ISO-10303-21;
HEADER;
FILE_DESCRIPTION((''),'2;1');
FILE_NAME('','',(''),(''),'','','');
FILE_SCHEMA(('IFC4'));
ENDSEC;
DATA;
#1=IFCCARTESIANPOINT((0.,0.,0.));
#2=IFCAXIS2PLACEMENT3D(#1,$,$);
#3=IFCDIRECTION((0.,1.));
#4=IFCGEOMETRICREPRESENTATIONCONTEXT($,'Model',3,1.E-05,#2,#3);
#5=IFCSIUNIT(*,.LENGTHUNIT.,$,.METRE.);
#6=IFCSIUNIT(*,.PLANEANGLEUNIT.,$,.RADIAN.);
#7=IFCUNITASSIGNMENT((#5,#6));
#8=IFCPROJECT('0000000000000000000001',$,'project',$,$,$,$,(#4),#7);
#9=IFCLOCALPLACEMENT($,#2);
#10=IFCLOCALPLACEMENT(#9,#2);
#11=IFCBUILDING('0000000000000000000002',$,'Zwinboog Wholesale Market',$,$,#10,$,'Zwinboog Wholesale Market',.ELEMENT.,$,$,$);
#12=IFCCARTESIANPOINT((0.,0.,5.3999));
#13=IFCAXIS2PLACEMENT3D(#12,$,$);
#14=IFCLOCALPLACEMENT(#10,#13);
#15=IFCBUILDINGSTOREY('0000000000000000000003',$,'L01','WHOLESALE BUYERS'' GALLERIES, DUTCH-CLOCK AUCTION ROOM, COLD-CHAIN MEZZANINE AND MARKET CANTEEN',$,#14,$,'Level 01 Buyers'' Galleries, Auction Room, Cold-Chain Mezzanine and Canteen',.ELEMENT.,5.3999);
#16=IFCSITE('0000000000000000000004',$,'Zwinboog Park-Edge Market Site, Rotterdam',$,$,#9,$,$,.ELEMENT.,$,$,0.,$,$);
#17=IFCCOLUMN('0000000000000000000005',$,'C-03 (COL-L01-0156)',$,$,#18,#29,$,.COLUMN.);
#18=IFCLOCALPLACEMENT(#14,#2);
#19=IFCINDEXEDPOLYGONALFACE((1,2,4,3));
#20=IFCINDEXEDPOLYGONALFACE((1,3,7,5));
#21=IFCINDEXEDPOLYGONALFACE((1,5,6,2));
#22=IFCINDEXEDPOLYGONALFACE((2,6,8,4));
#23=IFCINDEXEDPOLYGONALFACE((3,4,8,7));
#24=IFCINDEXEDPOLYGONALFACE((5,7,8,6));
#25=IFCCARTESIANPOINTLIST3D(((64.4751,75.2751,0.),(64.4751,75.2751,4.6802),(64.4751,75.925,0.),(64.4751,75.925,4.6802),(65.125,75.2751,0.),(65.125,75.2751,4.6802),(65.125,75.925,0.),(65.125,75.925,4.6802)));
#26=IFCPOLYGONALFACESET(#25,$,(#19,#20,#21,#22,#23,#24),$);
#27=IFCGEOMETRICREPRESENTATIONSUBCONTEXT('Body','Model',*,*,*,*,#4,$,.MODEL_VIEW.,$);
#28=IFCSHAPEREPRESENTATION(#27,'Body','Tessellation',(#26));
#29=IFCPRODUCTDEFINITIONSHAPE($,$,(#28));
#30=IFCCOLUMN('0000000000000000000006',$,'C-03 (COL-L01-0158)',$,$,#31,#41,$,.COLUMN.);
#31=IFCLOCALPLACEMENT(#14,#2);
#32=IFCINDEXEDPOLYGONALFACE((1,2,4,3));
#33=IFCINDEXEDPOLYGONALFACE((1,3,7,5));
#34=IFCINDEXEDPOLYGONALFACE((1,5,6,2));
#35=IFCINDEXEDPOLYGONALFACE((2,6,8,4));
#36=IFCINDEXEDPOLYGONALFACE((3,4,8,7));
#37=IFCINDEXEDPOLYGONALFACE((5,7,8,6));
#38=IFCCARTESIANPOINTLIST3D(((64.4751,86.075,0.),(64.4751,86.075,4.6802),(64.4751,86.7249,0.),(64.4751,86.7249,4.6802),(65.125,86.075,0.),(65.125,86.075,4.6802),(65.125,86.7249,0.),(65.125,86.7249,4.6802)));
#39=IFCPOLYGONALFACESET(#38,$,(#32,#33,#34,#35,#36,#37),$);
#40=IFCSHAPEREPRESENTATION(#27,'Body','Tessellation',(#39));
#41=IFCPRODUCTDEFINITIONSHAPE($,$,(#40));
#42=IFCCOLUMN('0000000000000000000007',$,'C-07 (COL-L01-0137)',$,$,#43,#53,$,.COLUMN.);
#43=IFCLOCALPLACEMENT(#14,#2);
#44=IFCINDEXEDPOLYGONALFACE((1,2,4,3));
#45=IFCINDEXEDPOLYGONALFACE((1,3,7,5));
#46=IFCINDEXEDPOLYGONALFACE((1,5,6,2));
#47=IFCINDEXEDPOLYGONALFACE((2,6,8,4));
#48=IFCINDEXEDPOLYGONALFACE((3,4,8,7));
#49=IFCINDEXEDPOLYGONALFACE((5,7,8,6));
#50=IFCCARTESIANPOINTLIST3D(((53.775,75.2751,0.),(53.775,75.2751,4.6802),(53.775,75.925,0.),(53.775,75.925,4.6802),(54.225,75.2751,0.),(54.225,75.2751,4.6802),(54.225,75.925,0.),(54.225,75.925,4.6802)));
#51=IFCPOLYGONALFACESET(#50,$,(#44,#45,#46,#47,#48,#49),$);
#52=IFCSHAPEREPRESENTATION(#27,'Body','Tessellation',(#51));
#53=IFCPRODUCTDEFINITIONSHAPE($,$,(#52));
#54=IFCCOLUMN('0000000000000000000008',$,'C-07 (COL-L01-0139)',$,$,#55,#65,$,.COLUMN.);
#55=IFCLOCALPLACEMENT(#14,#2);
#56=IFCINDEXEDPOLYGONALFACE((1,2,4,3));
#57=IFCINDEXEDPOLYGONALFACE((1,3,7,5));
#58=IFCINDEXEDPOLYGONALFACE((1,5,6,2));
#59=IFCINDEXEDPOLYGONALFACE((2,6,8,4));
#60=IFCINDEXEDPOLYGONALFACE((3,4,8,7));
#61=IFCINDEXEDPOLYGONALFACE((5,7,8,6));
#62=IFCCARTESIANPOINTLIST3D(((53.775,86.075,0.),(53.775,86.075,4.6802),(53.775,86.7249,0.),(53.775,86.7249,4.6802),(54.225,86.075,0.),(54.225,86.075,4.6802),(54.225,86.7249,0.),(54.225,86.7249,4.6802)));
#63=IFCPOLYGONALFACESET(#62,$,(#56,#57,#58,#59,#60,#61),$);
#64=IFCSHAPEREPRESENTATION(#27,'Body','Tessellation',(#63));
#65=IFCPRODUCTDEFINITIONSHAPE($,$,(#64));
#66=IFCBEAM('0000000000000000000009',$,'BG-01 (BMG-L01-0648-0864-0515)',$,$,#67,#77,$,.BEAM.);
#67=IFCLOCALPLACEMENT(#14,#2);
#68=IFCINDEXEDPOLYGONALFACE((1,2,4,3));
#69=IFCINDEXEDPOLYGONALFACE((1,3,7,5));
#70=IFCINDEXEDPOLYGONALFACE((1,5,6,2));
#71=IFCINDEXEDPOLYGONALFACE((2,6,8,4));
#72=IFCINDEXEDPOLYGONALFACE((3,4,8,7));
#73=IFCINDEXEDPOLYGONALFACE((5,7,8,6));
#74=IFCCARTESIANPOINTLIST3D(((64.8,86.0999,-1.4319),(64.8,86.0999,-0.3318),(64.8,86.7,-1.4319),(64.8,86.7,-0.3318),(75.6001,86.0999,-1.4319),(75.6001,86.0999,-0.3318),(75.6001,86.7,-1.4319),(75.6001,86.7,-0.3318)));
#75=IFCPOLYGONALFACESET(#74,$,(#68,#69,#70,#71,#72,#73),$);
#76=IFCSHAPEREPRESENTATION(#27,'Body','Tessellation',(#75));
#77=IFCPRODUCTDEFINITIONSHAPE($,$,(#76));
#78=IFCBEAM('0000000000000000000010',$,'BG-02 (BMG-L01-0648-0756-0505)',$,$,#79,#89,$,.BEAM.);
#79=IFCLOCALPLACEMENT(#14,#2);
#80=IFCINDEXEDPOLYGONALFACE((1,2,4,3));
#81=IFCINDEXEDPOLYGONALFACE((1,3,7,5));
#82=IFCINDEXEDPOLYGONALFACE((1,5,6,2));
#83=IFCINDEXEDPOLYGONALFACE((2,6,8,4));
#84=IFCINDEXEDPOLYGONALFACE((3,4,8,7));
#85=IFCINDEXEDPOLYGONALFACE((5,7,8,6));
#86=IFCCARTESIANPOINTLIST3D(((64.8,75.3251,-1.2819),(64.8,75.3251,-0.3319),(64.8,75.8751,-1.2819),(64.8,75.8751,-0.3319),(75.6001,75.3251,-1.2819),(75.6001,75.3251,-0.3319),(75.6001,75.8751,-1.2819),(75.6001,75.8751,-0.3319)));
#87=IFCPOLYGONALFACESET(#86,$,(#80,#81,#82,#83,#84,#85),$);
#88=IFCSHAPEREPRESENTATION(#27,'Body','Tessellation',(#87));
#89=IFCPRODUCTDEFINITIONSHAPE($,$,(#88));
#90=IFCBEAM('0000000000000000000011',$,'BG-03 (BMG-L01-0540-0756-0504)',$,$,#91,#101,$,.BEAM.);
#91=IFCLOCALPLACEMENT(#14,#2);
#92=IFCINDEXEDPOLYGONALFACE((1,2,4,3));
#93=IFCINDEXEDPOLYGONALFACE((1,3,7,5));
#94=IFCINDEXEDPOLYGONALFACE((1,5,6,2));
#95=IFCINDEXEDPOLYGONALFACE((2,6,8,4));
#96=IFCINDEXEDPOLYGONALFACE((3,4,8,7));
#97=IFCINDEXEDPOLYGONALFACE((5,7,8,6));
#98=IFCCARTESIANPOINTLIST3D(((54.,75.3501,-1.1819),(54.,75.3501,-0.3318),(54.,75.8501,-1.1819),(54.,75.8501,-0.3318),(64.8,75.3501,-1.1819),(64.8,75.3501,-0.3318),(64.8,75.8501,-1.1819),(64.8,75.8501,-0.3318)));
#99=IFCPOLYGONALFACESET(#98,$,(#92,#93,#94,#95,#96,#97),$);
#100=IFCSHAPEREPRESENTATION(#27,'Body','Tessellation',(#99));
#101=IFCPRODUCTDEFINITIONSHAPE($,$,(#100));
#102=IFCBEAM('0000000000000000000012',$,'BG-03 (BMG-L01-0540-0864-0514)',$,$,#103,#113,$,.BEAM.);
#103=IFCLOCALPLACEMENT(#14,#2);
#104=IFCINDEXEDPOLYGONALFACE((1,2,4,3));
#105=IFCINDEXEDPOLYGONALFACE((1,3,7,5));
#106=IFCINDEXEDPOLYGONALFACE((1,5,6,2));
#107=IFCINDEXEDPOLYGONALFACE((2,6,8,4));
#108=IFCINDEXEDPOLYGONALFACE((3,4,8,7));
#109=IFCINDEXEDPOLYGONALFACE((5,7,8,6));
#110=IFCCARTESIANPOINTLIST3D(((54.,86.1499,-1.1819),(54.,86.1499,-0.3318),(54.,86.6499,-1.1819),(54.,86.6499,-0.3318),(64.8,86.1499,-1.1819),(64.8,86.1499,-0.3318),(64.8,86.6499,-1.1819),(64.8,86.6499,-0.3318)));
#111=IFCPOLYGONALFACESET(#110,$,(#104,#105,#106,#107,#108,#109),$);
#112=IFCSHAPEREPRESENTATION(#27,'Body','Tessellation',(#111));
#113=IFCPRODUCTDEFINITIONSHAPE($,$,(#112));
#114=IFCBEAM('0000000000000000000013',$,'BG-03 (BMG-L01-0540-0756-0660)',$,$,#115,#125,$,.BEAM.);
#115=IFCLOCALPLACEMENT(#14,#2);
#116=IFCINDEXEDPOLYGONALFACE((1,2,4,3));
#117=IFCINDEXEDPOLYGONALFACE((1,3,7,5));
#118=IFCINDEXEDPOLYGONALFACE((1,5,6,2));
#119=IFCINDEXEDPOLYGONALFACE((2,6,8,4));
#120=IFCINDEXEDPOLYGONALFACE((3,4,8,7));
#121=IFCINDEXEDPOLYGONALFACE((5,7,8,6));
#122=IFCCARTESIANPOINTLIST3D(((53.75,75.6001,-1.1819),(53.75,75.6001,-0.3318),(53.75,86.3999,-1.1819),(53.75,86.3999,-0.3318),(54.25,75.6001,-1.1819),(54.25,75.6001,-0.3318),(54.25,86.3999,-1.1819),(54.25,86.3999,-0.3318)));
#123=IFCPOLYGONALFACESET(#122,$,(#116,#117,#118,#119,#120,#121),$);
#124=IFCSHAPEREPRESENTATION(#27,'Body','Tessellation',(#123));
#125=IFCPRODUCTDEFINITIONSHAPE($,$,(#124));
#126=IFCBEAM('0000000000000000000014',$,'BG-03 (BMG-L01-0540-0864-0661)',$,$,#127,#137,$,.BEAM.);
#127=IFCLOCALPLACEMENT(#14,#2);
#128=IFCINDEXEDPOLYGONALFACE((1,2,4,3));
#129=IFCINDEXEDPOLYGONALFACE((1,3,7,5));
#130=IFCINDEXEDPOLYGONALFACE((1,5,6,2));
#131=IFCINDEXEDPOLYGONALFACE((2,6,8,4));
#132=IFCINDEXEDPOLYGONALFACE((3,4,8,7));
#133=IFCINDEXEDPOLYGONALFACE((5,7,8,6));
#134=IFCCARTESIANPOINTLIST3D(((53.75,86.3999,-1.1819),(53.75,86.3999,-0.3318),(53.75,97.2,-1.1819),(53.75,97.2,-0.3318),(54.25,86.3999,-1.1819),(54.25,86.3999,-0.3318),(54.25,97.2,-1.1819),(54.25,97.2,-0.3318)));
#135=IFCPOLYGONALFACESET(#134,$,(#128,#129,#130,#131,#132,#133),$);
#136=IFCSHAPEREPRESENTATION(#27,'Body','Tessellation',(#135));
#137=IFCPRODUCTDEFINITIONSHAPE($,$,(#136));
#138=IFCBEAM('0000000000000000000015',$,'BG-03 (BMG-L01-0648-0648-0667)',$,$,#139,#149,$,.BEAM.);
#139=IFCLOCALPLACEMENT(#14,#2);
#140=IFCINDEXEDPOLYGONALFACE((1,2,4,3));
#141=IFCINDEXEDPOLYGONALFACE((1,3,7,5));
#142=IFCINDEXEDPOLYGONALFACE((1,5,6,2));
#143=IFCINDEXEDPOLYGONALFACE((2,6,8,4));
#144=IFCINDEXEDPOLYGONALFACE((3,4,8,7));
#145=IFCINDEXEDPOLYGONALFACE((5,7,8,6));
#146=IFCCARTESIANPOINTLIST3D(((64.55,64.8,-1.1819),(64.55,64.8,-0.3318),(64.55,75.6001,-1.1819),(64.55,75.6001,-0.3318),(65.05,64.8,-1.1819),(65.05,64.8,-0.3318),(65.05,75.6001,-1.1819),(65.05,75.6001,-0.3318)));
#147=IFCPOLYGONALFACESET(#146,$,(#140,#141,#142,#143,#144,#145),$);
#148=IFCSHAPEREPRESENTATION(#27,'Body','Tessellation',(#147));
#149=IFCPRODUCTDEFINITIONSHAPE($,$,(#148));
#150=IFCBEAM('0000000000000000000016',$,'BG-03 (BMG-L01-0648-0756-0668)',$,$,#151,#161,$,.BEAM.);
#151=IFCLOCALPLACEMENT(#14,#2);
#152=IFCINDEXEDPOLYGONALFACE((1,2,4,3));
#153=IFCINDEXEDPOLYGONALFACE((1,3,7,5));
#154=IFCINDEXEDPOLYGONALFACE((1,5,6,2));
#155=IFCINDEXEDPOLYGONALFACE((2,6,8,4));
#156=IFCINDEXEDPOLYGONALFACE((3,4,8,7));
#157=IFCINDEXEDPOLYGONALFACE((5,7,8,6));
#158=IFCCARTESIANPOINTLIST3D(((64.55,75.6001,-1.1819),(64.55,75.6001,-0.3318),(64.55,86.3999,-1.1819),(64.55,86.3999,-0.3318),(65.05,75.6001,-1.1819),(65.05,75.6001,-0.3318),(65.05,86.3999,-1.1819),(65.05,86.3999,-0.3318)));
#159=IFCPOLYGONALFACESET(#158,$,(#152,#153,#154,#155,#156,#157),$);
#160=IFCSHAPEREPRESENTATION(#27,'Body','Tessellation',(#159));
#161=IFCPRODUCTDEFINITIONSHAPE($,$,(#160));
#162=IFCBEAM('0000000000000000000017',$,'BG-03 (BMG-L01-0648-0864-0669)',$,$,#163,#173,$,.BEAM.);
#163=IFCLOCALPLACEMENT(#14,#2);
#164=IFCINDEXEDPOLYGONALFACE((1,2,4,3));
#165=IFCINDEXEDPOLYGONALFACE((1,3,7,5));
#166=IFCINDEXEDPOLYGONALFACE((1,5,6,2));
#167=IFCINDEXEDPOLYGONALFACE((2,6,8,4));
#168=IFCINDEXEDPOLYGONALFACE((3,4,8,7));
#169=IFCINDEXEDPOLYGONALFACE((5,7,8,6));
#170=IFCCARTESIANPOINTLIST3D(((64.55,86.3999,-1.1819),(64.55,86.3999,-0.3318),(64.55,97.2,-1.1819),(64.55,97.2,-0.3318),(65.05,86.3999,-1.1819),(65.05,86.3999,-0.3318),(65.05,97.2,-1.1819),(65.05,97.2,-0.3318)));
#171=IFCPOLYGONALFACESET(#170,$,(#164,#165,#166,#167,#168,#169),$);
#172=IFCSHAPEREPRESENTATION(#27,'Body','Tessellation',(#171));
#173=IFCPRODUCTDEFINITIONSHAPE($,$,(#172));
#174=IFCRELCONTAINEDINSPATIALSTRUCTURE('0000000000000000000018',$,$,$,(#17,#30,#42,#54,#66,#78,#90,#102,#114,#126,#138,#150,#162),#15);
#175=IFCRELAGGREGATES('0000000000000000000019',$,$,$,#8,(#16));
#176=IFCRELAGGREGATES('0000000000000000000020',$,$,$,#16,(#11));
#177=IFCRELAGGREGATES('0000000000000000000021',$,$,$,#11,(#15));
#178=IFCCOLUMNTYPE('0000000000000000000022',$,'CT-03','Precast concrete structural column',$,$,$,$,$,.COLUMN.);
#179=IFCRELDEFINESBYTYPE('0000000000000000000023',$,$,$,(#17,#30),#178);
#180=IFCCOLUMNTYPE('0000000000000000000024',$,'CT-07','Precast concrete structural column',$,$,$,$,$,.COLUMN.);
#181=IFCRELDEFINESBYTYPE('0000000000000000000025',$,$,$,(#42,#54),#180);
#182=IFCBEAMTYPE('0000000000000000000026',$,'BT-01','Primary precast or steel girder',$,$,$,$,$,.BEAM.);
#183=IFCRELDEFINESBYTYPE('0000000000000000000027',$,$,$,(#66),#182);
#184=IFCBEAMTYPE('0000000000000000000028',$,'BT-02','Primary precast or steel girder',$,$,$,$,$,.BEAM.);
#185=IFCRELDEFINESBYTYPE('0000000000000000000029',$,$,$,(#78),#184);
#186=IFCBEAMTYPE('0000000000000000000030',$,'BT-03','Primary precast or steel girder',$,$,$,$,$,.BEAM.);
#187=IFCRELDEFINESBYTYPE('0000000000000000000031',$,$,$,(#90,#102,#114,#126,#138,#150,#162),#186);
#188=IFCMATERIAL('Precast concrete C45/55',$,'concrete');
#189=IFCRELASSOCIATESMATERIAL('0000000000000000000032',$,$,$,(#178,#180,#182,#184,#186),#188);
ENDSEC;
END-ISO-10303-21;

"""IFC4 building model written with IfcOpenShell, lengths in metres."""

from ifc_helpers import new_model, si_unit, direction, frame, origin, origin_2d, place, context, subcontext, project, spatial, rectangle, extrude, material, material_profile, profile_set, type_object, element, save


model = new_model("IFC4")

# Units and contexts
model_context = context("Model", 3, precision=1e-05, world=origin(), true_north=direction((0.0, 1.0)))
body_context = subcontext(model_context, "Body", "Model", "MODEL_VIEW")
ifc_project = project(units=[si_unit("LENGTHUNIT", "METRE"), si_unit("PLANEANGLEUNIT", "RADIAN")], contexts=[model_context])

# Site, building, storey
site_placement = place(None, origin())
site = spatial("IfcSite", under=ifc_project, at=site_placement, Name="Zwinboog Park-Edge Market Site, Rotterdam", CompositionType="ELEMENT", RefElevation=0.0)
building_placement = place(site_placement, origin())
building = spatial("IfcBuilding", under=site, at=building_placement, Name="Zwinboog Wholesale Market", LongName="Zwinboog Wholesale Market", CompositionType="ELEMENT")
storey_placement = place(building_placement, frame((0.0, 0.0, 5.3999)))
storey = spatial("IfcBuildingStorey", under=building, at=storey_placement, Name="L01", Description="WHOLESALE BUYERS' GALLERIES, DUTCH-CLOCK AUCTION ROOM, COLD-CHAIN MEZZANINE AND MARKET CANTEEN", LongName="Level 01 Buyers' Galleries, Auction Room, Cold-Chain Mezzanine and Canteen", CompositionType="ELEMENT", Elevation=5.3999)

# Columns
ifc_material_1 = material(Name="Precast concrete C45/55", Category="concrete")
ifc_material_profile_1 = material_profile(ifc_material_1, rectangle(XDim=0.6499, YDim=0.6499, at=origin_2d()), Name="PC 650x650")
ifc_profile_set_1 = profile_set([ifc_material_profile_1], Name="Precast concrete C45/55")
column_type_1 = type_object("IfcColumnType", Name="CT-03", Description="Precast concrete structural column", PredefinedType="COLUMN", material=ifc_profile_set_1)
for number, where, z_axis, x_axis, name in (
    (1, (64.8, 75.6001, 0.0), (0.0, 0.0, 1.0), (1.0, 0.0, 0.0), "C-03 (COL-L01-0156)"),
    (2, (64.8, 86.3999, 0.0), (0.0, 0.0, 1.0), (1.0, 0.0, 0.0), "C-03 (COL-L01-0158)"),
):
    element("IfcColumn", number, at=place(storey_placement, frame(where, z_axis=z_axis, x_axis=x_axis)), inside=storey, type_object=column_type_1, Name=name, PredefinedType="COLUMN", context=body_context, shape_type="SweptSolid", body=[
        extrude(rectangle(XDim=0.6499, YDim=0.6499, at=origin_2d()), origin(), (0.0, 0.0, 1.0), 4.6802),
    ])
ifc_material_profile_2 = material_profile(ifc_material_1, rectangle(XDim=0.45, YDim=0.6499, at=origin_2d()), Name="PC 450x650")
ifc_profile_set_2 = profile_set([ifc_material_profile_2], Name="Precast concrete C45/55")
column_type_2 = type_object("IfcColumnType", Name="CT-07", Description="Precast concrete structural column", PredefinedType="COLUMN", material=ifc_profile_set_2)
for number, where, z_axis, x_axis, name in (
    (3, (54.0, 75.6001, 0.0), (0.0, 0.0, 1.0), (1.0, 0.0, 0.0), "C-07 (COL-L01-0137)"),
    (4, (54.0, 86.3999, 0.0), (0.0, 0.0, 1.0), (1.0, 0.0, 0.0), "C-07 (COL-L01-0139)"),
):
    element("IfcColumn", number, at=place(storey_placement, frame(where, z_axis=z_axis, x_axis=x_axis)), inside=storey, type_object=column_type_2, Name=name, PredefinedType="COLUMN", context=body_context, shape_type="SweptSolid", body=[
        extrude(rectangle(XDim=0.45, YDim=0.6499, at=origin_2d()), origin(), (0.0, 0.0, 1.0), 4.6802),
    ])

# Beams
ifc_material_profile_3 = material_profile(ifc_material_1, rectangle(XDim=0.6001, YDim=1.1001, at=origin_2d()), Name="PC 600x1100")
ifc_profile_set_3 = profile_set([ifc_material_profile_3], Name="Precast concrete C45/55")
beam_type_1 = type_object("IfcBeamType", Name="BT-01", Description="Primary precast or steel girder", PredefinedType="BEAM", material=ifc_profile_set_3)
beam_1_placement = place(storey_placement, frame((64.8, 86.3999, -0.8818), z_axis=(1.0, 0.0, 0.0), x_axis=(0.0, 1.0, 0.0)))
element("IfcBeam", 5, at=beam_1_placement, inside=storey, type_object=beam_type_1, Name="BG-01 (BMG-L01-0648-0864-0515)", PredefinedType="BEAM", context=body_context, shape_type="SweptSolid", body=[
    extrude(rectangle(XDim=0.6001, YDim=1.1001, at=origin_2d()), origin(), (0.0, 0.0, 1.0), 10.8),
])
ifc_material_profile_4 = material_profile(ifc_material_1, rectangle(XDim=0.55, YDim=0.95, at=origin_2d()), Name="PC 550x950")
ifc_profile_set_4 = profile_set([ifc_material_profile_4], Name="Precast concrete C45/55")
beam_type_2 = type_object("IfcBeamType", Name="BT-02", Description="Primary precast or steel girder", PredefinedType="BEAM", material=ifc_profile_set_4)
beam_2_placement = place(storey_placement, frame((64.8, 75.6001, -0.8069), z_axis=(1.0, 0.0, 0.0), x_axis=(0.0, 1.0, 0.0)))
element("IfcBeam", 6, at=beam_2_placement, inside=storey, type_object=beam_type_2, Name="BG-02 (BMG-L01-0648-0756-0505)", PredefinedType="BEAM", context=body_context, shape_type="SweptSolid", body=[
    extrude(rectangle(XDim=0.55, YDim=0.95, at=origin_2d()), origin(), (0.0, 0.0, 1.0), 10.8),
])
ifc_material_profile_5 = material_profile(ifc_material_1, rectangle(XDim=0.5, YDim=0.8501, at=origin_2d()), Name="PC 500x850")
ifc_profile_set_5 = profile_set([ifc_material_profile_5], Name="Precast concrete C45/55")
beam_type_3 = type_object("IfcBeamType", Name="BT-03", Description="Primary precast or steel girder", PredefinedType="BEAM", material=ifc_profile_set_5)
for number, where, z_axis, x_axis, name in (
    (7, (54.0, 75.6001, -0.7568), (1.0, 0.0, 0.0), (0.0, 1.0, 0.0), "BG-03 (BMG-L01-0540-0756-0504)"),
    (8, (54.0, 86.3999, -0.7568), (1.0, 0.0, 0.0), (0.0, 1.0, 0.0), "BG-03 (BMG-L01-0540-0864-0514)"),
):
    element("IfcBeam", number, at=place(storey_placement, frame(where, z_axis=z_axis, x_axis=x_axis)), inside=storey, type_object=beam_type_3, Name=name, PredefinedType="BEAM", context=body_context, shape_type="SweptSolid", body=[
        extrude(rectangle(XDim=0.5, YDim=0.8501, at=origin_2d()), origin(), (0.0, 0.0, 1.0), 10.8),
    ])
beam_3_placement = place(storey_placement, frame((54.0, 75.6001, -0.7568), z_axis=(0.0, 1.0, 0.0), x_axis=(-1.0, 0.0, 0.0)))
element("IfcBeam", 9, at=beam_3_placement, inside=storey, type_object=beam_type_3, Name="BG-03 (BMG-L01-0540-0756-0660)", PredefinedType="BEAM", context=body_context, shape_type="SweptSolid", body=[
    extrude(rectangle(XDim=0.5, YDim=0.8501, at=origin_2d()), origin(), (0.0, 0.0, 1.0), 10.7998),
])
for number, where, z_axis, x_axis, name in (
    (10, (54.0, 86.3999, -0.7568), (0.0, 1.0, 0.0), (-1.0, 0.0, 0.0), "BG-03 (BMG-L01-0540-0864-0661)"),
    (11, (64.8, 64.8, -0.7568), (0.0, 1.0, 0.0), (-1.0, 0.0, 0.0), "BG-03 (BMG-L01-0648-0648-0667)"),
):
    element("IfcBeam", number, at=place(storey_placement, frame(where, z_axis=z_axis, x_axis=x_axis)), inside=storey, type_object=beam_type_3, Name=name, PredefinedType="BEAM", context=body_context, shape_type="SweptSolid", body=[
        extrude(rectangle(XDim=0.5, YDim=0.8501, at=origin_2d()), origin(), (0.0, 0.0, 1.0), 10.8),
    ])
beam_4_placement = place(storey_placement, frame((64.8, 75.6001, -0.7568), z_axis=(0.0, 1.0, 0.0), x_axis=(-1.0, 0.0, 0.0)))
element("IfcBeam", 12, at=beam_4_placement, inside=storey, type_object=beam_type_3, Name="BG-03 (BMG-L01-0648-0756-0668)", PredefinedType="BEAM", context=body_context, shape_type="SweptSolid", body=[
    extrude(rectangle(XDim=0.5, YDim=0.8501, at=origin_2d()), origin(), (0.0, 0.0, 1.0), 10.7998),
])
beam_5_placement = place(storey_placement, frame((64.8, 86.3999, -0.7568), z_axis=(0.0, 1.0, 0.0), x_axis=(-1.0, 0.0, 0.0)))
element("IfcBeam", 13, at=beam_5_placement, inside=storey, type_object=beam_type_3, Name="BG-03 (BMG-L01-0648-0864-0669)", PredefinedType="BEAM", context=body_context, shape_type="SweptSolid", body=[
    extrude(rectangle(XDim=0.5, YDim=0.8501, at=origin_2d()), origin(), (0.0, 0.0, 1.0), 10.8),
])

save(model, "model.ifc")
